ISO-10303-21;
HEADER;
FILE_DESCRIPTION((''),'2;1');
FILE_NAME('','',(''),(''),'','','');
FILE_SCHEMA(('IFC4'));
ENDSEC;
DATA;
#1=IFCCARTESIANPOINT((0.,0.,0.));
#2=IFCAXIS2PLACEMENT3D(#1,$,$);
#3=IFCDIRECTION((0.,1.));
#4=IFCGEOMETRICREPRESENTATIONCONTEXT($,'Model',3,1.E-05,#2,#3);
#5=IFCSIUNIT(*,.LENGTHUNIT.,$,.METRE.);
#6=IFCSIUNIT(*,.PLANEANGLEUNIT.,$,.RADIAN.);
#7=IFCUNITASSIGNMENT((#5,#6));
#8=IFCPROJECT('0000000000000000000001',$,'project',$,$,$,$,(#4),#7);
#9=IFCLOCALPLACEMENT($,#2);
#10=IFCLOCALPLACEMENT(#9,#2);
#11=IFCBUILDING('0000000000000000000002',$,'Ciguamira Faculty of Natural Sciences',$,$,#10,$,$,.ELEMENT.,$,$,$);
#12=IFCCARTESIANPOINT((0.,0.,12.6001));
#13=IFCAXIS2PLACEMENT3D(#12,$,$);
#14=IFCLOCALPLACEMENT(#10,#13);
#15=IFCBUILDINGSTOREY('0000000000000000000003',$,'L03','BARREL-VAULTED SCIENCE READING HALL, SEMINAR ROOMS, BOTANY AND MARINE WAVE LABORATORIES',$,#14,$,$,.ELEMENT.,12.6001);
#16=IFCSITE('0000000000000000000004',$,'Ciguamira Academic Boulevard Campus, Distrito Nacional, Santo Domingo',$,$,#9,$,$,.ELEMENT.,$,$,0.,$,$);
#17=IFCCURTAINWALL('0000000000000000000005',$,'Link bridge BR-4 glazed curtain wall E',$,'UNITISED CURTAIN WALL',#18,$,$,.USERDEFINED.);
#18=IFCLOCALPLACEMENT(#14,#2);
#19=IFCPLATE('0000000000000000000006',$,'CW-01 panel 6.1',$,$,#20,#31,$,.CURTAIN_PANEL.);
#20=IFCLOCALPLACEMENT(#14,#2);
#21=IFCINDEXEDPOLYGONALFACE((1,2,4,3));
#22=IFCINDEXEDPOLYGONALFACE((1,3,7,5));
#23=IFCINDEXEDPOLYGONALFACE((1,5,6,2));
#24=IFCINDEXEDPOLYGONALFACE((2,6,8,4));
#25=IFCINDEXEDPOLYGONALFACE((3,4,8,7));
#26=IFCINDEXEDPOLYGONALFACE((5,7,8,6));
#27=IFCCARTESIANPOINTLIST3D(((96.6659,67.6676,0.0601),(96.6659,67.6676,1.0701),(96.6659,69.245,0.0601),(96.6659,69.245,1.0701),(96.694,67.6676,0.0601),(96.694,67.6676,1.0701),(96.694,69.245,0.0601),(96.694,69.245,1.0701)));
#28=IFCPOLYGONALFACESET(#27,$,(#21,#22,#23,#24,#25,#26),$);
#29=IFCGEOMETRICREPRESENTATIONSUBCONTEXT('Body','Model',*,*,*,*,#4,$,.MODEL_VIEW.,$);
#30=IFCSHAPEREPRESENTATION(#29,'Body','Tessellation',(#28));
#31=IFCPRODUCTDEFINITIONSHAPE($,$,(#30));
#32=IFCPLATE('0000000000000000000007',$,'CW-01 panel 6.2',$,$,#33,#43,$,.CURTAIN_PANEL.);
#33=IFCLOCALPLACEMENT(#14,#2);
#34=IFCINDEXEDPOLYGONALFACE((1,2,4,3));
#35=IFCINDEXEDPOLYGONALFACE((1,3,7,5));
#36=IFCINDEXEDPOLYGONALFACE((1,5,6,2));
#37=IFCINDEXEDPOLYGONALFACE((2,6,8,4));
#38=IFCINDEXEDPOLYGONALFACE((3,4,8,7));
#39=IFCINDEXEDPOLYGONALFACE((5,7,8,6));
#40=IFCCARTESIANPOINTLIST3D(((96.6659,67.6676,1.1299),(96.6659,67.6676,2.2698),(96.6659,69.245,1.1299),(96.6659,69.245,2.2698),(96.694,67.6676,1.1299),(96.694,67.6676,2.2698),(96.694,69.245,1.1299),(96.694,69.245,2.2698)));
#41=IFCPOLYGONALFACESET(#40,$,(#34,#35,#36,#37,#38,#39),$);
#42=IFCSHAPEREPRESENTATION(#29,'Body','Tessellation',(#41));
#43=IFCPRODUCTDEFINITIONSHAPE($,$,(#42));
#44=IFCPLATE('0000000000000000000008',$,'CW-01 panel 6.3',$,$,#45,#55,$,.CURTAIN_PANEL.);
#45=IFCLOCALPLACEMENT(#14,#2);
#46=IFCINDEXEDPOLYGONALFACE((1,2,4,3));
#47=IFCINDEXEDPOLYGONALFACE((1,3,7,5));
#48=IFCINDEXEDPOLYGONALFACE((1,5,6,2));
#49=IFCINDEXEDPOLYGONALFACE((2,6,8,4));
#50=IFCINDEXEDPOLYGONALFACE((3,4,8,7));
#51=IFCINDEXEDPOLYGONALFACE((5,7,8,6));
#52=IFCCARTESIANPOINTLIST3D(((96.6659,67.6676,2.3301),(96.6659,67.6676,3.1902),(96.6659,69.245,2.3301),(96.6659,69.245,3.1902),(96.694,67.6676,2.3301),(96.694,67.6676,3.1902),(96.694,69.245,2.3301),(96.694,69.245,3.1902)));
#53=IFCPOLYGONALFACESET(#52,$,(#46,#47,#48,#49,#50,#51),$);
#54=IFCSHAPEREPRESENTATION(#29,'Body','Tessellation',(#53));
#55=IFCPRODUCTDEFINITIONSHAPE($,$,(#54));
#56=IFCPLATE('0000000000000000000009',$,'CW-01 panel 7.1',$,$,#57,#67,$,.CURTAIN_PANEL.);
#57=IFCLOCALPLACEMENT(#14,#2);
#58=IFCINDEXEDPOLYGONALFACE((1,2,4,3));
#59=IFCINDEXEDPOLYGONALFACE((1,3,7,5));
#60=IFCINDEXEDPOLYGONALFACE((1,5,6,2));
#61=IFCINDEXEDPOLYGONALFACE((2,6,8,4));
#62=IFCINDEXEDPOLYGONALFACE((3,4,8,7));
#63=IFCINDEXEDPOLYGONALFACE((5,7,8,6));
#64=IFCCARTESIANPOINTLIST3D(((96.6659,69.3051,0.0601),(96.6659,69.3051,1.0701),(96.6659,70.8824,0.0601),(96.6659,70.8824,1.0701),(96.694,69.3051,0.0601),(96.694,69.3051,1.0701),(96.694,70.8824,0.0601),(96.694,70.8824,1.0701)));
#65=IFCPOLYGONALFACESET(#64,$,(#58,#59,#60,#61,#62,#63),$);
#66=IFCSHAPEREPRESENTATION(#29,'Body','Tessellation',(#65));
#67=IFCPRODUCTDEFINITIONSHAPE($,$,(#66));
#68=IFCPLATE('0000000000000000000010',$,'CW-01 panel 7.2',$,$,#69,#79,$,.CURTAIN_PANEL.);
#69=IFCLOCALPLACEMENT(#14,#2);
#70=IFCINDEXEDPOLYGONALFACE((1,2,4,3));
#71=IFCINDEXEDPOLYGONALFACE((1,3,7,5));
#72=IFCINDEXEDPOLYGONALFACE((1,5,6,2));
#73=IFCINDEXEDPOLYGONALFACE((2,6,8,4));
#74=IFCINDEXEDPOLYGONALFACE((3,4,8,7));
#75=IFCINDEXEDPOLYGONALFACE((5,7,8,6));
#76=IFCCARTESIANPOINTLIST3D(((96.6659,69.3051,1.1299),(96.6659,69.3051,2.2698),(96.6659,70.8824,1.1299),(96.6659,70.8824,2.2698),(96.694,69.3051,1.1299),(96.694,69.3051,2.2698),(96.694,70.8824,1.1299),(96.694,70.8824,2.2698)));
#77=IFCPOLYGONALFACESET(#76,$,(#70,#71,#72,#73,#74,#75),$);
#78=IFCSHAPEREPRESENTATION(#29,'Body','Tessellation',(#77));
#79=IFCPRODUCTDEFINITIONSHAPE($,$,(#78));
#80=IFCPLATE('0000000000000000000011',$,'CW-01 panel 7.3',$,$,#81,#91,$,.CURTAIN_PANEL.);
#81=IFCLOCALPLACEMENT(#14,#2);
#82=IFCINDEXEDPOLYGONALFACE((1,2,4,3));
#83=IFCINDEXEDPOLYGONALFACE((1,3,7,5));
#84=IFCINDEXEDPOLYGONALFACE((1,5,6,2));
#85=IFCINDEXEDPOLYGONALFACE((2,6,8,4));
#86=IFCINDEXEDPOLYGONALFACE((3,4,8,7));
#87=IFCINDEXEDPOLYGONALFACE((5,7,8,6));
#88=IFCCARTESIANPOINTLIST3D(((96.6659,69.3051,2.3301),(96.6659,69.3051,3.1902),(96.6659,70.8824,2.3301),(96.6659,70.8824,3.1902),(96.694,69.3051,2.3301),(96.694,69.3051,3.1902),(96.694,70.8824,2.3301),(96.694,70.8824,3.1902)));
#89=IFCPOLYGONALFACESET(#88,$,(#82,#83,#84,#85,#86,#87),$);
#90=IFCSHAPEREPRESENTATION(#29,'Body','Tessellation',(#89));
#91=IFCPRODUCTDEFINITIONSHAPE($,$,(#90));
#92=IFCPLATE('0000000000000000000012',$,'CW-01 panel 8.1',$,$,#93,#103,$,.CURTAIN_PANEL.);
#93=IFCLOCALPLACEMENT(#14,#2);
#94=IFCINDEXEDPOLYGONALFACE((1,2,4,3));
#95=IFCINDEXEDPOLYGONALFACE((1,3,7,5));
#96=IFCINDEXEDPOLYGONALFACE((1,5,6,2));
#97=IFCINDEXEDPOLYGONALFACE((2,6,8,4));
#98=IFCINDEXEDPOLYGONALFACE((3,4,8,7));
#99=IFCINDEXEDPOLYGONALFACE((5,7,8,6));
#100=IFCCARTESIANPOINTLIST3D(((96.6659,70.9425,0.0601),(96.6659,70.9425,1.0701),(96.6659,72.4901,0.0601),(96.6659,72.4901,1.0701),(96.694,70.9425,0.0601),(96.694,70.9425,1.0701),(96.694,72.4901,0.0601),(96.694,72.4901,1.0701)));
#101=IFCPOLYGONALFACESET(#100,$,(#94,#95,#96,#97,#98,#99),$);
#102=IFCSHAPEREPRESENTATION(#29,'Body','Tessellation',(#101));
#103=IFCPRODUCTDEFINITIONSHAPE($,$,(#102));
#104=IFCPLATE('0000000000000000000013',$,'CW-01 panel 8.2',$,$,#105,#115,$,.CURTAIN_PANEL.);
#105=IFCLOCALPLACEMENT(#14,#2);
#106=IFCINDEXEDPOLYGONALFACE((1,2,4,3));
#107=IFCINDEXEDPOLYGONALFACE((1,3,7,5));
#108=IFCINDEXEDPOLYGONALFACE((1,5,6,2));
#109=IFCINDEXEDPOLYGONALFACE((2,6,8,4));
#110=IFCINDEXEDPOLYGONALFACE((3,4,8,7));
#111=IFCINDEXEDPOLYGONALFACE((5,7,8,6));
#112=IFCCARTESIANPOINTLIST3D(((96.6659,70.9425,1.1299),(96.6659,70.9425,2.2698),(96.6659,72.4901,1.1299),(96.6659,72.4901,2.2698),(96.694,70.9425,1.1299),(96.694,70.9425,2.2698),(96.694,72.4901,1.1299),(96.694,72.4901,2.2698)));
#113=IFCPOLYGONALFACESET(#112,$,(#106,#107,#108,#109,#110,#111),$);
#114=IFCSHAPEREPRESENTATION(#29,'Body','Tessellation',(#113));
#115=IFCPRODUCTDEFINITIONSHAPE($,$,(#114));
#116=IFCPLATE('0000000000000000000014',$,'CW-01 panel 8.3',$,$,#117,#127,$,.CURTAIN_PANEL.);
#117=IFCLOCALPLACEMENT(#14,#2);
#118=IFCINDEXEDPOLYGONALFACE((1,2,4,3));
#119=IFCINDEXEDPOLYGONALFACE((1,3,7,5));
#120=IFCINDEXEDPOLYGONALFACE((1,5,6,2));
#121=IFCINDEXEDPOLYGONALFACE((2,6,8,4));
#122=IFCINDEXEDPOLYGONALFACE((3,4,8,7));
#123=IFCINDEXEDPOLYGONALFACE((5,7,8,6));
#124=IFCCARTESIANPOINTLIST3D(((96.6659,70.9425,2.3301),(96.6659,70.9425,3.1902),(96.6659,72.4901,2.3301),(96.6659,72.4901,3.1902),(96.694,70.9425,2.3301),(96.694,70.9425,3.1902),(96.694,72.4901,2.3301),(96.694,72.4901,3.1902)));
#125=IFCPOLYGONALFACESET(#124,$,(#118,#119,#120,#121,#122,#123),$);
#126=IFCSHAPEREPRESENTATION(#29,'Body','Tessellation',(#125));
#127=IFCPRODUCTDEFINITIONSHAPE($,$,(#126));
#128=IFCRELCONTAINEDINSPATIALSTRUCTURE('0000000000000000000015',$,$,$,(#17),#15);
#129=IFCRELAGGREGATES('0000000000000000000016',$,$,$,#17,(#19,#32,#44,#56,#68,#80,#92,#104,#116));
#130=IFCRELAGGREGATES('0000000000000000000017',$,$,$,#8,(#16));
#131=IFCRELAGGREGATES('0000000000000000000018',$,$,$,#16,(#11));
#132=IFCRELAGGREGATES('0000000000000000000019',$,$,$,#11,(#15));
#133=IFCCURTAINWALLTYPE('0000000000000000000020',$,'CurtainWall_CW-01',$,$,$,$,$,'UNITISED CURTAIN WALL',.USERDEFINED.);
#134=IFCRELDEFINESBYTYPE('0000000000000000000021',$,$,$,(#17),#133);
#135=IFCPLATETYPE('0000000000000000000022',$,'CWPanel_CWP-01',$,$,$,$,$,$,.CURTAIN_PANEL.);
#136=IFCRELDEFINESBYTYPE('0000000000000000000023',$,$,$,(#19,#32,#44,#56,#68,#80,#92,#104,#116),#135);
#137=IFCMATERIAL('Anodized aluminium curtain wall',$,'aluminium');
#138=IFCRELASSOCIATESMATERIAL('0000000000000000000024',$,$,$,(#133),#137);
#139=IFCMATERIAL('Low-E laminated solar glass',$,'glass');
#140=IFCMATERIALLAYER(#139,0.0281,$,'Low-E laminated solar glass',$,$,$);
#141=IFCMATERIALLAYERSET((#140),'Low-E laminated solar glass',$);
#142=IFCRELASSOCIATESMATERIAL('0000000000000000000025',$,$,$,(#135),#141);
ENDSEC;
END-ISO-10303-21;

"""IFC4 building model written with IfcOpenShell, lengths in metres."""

from ifc_helpers import new_model, si_unit, direction, frame, origin, origin_2d, place, context, subcontext, project, spatial, rectangle, extrude, material, layer, layer_set, type_object, element, aggregate, save


model = new_model("IFC4")

# Units and contexts
model_context = context("Model", 3, precision=1e-05, world=origin(), true_north=direction((0.0, 1.0)))
body_context = subcontext(model_context, "Body", "Model", "MODEL_VIEW")
ifc_project = project(units=[si_unit("LENGTHUNIT", "METRE"), si_unit("PLANEANGLEUNIT", "RADIAN")], contexts=[model_context])

# Site, building, storey
site_placement = place(None, origin())
site = spatial("IfcSite", under=ifc_project, at=site_placement, Name="Ciguamira Academic Boulevard Campus, Distrito Nacional, Santo Domingo", CompositionType="ELEMENT", RefElevation=0.0)
building_placement = place(site_placement, origin())
building = spatial("IfcBuilding", under=site, at=building_placement, Name="Ciguamira Faculty of Natural Sciences", CompositionType="ELEMENT")
storey_placement = place(building_placement, frame((0.0, 0.0, 12.6001)))
storey = spatial("IfcBuildingStorey", under=building, at=storey_placement, Name="L03", Description="BARREL-VAULTED SCIENCE READING HALL, SEMINAR ROOMS, BOTANY AND MARINE WAVE LABORATORIES", CompositionType="ELEMENT", Elevation=12.6001)

# Curtain wall
ifc_material_1 = material(Name="Anodized aluminium curtain wall", Category="aluminium")
curtain_wall_type = type_object("IfcCurtainWallType", Name="CurtainWall_CW-01", ElementType="UNITISED CURTAIN WALL", PredefinedType="USERDEFINED", material=ifc_material_1)
curtain_wall_placement = place(storey_placement, origin())
curtain_wall = element("IfcCurtainWall", 1, at=curtain_wall_placement, inside=storey, type_object=curtain_wall_type, Name="Link bridge BR-4 glazed curtain wall E", ObjectType="UNITISED CURTAIN WALL", PredefinedType="USERDEFINED")

# Plates
ifc_material_2 = material(Name="Low-E laminated solar glass", Category="glass")
ifc_layer = layer(ifc_material_2, 0.0281, Name="Low-E laminated solar glass")
ifc_layer_set = layer_set([ifc_layer], Name="Low-E laminated solar glass")
plate_type = type_object("IfcPlateType", Name="CWPanel_CWP-01", PredefinedType="CURTAIN_PANEL", material=ifc_layer_set)
plate_1_placement = place(storey_placement, frame((96.6799, 68.4563, 0.0601), z_axis=(0.0, 0.0, 1.0), x_axis=(0.0, 1.0, 0.0)))
plate_1 = element("IfcPlate", 2, at=plate_1_placement, type_object=plate_type, Name="CW-01 panel 6.1", PredefinedType="CURTAIN_PANEL", context=body_context, shape_type="SweptSolid", body=[
    extrude(rectangle(XDim=1.5774, YDim=0.0281, at=origin_2d()), origin(), (0.0, 0.0, 1.0), 1.01),
])
plate_2_placement = place(storey_placement, frame((96.6799, 68.4563, 1.1299), z_axis=(0.0, 0.0, 1.0), x_axis=(0.0, 1.0, 0.0)))
plate_2 = element("IfcPlate", 3, at=plate_2_placement, type_object=plate_type, Name="CW-01 panel 6.2", PredefinedType="CURTAIN_PANEL", context=body_context, shape_type="SweptSolid", body=[
    extrude(rectangle(XDim=1.5774, YDim=0.0281, at=origin_2d()), origin(), (0.0, 0.0, 1.0), 1.1399),
])
plate_3_placement = place(storey_placement, frame((96.6799, 68.4563, 2.3301), z_axis=(0.0, 0.0, 1.0), x_axis=(0.0, 1.0, 0.0)))
plate_3 = element("IfcPlate", 4, at=plate_3_placement, type_object=plate_type, Name="CW-01 panel 6.3", PredefinedType="CURTAIN_PANEL", context=body_context, shape_type="SweptSolid", body=[
    extrude(rectangle(XDim=1.5774, YDim=0.0281, at=origin_2d()), origin(), (0.0, 0.0, 1.0), 0.8601),
])
plate_4_placement = place(storey_placement, frame((96.6799, 70.0938, 0.0601), z_axis=(0.0, 0.0, 1.0), x_axis=(0.0, 1.0, 0.0)))
plate_4 = element("IfcPlate", 5, at=plate_4_placement, type_object=plate_type, Name="CW-01 panel 7.1", PredefinedType="CURTAIN_PANEL", context=body_context, shape_type="SweptSolid", body=[
    extrude(rectangle(XDim=1.5774, YDim=0.0281, at=origin_2d()), origin(), (0.0, 0.0, 1.0), 1.01),
])
plate_5_placement = place(storey_placement, frame((96.6799, 70.0938, 1.1299), z_axis=(0.0, 0.0, 1.0), x_axis=(0.0, 1.0, 0.0)))
plate_5 = element("IfcPlate", 6, at=plate_5_placement, type_object=plate_type, Name="CW-01 panel 7.2", PredefinedType="CURTAIN_PANEL", context=body_context, shape_type="SweptSolid", body=[
    extrude(rectangle(XDim=1.5774, YDim=0.0281, at=origin_2d()), origin(), (0.0, 0.0, 1.0), 1.1399),
])
plate_6_placement = place(storey_placement, frame((96.6799, 70.0938, 2.3301), z_axis=(0.0, 0.0, 1.0), x_axis=(0.0, 1.0, 0.0)))
plate_6 = element("IfcPlate", 7, at=plate_6_placement, type_object=plate_type, Name="CW-01 panel 7.3", PredefinedType="CURTAIN_PANEL", context=body_context, shape_type="SweptSolid", body=[
    extrude(rectangle(XDim=1.5774, YDim=0.0281, at=origin_2d()), origin(), (0.0, 0.0, 1.0), 0.8601),
])
plate_7_placement = place(storey_placement, frame((96.6799, 71.7163, 0.0601), z_axis=(0.0, 0.0, 1.0), x_axis=(0.0, 1.0, 0.0)))
plate_7 = element("IfcPlate", 8, at=plate_7_placement, type_object=plate_type, Name="CW-01 panel 8.1", PredefinedType="CURTAIN_PANEL", context=body_context, shape_type="SweptSolid", body=[
    extrude(rectangle(XDim=1.5476, YDim=0.0281, at=origin_2d()), origin(), (0.0, 0.0, 1.0), 1.01),
])
plate_8_placement = place(storey_placement, frame((96.6799, 71.7163, 1.1299), z_axis=(0.0, 0.0, 1.0), x_axis=(0.0, 1.0, 0.0)))
plate_8 = element("IfcPlate", 9, at=plate_8_placement, type_object=plate_type, Name="CW-01 panel 8.2", PredefinedType="CURTAIN_PANEL", context=body_context, shape_type="SweptSolid", body=[
    extrude(rectangle(XDim=1.5476, YDim=0.0281, at=origin_2d()), origin(), (0.0, 0.0, 1.0), 1.1399),
])
plate_9_placement = place(storey_placement, frame((96.6799, 71.7163, 2.3301), z_axis=(0.0, 0.0, 1.0), x_axis=(0.0, 1.0, 0.0)))
plate_9 = element("IfcPlate", 10, at=plate_9_placement, type_object=plate_type, Name="CW-01 panel 8.3", PredefinedType="CURTAIN_PANEL", context=body_context, shape_type="SweptSolid", body=[
    extrude(rectangle(XDim=1.5476, YDim=0.0281, at=origin_2d()), origin(), (0.0, 0.0, 1.0), 0.8601),
])
aggregate(curtain_wall, [plate_1, plate_2, plate_3, plate_4, plate_5, plate_6, plate_7, plate_8, plate_9])

save(model, "model.ifc")
